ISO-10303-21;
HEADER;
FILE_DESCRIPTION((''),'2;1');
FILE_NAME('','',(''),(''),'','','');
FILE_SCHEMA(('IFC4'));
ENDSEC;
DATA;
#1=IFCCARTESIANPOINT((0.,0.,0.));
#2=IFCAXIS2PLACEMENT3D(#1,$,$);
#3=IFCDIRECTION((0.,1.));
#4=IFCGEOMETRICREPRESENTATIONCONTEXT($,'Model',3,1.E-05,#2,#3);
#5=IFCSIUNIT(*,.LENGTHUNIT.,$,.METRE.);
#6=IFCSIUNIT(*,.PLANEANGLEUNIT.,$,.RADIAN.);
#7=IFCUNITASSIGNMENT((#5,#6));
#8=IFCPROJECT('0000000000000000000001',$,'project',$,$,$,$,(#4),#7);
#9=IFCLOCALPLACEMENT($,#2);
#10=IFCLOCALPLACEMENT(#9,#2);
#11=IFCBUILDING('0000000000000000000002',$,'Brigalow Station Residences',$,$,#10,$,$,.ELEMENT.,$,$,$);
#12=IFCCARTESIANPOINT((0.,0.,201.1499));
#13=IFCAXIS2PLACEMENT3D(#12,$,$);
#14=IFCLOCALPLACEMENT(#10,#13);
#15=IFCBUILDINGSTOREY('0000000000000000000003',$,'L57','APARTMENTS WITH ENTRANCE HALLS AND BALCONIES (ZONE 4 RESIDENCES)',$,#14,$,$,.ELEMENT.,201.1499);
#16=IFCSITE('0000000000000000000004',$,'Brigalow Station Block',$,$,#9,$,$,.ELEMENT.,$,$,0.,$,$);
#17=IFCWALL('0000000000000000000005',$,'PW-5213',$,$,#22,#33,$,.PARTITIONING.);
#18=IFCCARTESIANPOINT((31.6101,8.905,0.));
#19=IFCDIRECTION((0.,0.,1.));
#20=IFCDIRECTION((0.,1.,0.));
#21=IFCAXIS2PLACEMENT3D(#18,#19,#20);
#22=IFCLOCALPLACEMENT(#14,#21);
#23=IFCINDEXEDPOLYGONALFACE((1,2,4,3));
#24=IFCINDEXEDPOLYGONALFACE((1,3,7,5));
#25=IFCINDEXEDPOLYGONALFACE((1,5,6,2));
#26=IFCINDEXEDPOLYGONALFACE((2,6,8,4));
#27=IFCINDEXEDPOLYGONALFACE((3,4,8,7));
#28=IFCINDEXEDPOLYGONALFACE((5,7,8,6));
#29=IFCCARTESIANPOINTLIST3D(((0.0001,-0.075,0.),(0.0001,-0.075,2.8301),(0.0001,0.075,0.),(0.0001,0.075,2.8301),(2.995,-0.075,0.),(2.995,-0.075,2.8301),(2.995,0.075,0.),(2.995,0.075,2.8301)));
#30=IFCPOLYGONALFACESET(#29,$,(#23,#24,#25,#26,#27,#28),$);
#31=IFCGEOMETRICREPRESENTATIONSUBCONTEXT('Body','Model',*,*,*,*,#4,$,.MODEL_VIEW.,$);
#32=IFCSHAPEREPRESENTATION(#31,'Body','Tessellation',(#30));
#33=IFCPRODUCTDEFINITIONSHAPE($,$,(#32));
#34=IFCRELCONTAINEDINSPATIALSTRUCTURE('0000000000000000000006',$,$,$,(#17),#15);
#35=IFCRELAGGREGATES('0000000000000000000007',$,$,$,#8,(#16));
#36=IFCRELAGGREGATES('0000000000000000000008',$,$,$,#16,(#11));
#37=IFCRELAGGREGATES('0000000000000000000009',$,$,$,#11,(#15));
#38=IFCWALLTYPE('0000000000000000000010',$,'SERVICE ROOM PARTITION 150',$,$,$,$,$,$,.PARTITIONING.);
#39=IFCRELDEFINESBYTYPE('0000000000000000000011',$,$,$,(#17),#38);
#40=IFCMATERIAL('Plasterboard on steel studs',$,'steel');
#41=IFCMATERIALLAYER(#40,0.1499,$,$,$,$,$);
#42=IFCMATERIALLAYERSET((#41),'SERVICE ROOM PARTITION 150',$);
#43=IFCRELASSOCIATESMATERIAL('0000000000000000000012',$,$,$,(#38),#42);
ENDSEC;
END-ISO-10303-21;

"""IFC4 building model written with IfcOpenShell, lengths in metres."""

from ifc_helpers import new_model, si_unit, direction, frame, frame_2d, origin, place, context, subcontext, project, spatial, rectangle, extrude, material, layer, layer_set, type_object, element, save


model = new_model("IFC4")

# Units and contexts
model_context = context("Model", 3, precision=1e-05, world=origin(), true_north=direction((0.0, 1.0)))
body_context = subcontext(model_context, "Body", "Model", "MODEL_VIEW")
ifc_project = project(units=[si_unit("LENGTHUNIT", "METRE"), si_unit("PLANEANGLEUNIT", "RADIAN")], contexts=[model_context])

# Site, building, storey
site_placement = place(None, origin())
site = spatial("IfcSite", under=ifc_project, at=site_placement, Name="Brigalow Station Block", CompositionType="ELEMENT", RefElevation=0.0)
building_placement = place(site_placement, origin())
building = spatial("IfcBuilding", under=site, at=building_placement, Name="Brigalow Station Residences", CompositionType="ELEMENT")
storey_placement = place(building_placement, frame((0.0, 0.0, 201.1499)))
storey = spatial("IfcBuildingStorey", under=building, at=storey_placement, Name="L57", Description="APARTMENTS WITH ENTRANCE HALLS AND BALCONIES (ZONE 4 RESIDENCES)", CompositionType="ELEMENT", Elevation=201.1499)

# Shared definitions
ifc_material_1 = material(Name="Plasterboard on steel studs", Category="steel")
ifc_layer_1 = layer(ifc_material_1, 0.1499)
ifc_layer_set_1 = layer_set([ifc_layer_1], Name="SERVICE ROOM PARTITION 150")
wall_type_1 = type_object("IfcWallType", Name="SERVICE ROOM PARTITION 150", PredefinedType="PARTITIONING", material=ifc_layer_set_1)

# Wall
wall_1_placement = place(storey_placement, frame((31.6101, 8.905, 0.0), z_axis=(0.0, 0.0, 1.0), x_axis=(0.0, 1.0, 0.0)))
element("IfcWall", 1, at=wall_1_placement, inside=storey, type_object=wall_type_1, Name="PW-5213", PredefinedType="PARTITIONING", context=body_context, shape_type="SweptSolid", body=[
    extrude(rectangle(XDim=2.9949, YDim=0.1499, at=frame_2d((1.4976, 0.0))), origin(), (0.0, 0.0, 1.0), 2.8301),
])

save(model, "model.ifc")
